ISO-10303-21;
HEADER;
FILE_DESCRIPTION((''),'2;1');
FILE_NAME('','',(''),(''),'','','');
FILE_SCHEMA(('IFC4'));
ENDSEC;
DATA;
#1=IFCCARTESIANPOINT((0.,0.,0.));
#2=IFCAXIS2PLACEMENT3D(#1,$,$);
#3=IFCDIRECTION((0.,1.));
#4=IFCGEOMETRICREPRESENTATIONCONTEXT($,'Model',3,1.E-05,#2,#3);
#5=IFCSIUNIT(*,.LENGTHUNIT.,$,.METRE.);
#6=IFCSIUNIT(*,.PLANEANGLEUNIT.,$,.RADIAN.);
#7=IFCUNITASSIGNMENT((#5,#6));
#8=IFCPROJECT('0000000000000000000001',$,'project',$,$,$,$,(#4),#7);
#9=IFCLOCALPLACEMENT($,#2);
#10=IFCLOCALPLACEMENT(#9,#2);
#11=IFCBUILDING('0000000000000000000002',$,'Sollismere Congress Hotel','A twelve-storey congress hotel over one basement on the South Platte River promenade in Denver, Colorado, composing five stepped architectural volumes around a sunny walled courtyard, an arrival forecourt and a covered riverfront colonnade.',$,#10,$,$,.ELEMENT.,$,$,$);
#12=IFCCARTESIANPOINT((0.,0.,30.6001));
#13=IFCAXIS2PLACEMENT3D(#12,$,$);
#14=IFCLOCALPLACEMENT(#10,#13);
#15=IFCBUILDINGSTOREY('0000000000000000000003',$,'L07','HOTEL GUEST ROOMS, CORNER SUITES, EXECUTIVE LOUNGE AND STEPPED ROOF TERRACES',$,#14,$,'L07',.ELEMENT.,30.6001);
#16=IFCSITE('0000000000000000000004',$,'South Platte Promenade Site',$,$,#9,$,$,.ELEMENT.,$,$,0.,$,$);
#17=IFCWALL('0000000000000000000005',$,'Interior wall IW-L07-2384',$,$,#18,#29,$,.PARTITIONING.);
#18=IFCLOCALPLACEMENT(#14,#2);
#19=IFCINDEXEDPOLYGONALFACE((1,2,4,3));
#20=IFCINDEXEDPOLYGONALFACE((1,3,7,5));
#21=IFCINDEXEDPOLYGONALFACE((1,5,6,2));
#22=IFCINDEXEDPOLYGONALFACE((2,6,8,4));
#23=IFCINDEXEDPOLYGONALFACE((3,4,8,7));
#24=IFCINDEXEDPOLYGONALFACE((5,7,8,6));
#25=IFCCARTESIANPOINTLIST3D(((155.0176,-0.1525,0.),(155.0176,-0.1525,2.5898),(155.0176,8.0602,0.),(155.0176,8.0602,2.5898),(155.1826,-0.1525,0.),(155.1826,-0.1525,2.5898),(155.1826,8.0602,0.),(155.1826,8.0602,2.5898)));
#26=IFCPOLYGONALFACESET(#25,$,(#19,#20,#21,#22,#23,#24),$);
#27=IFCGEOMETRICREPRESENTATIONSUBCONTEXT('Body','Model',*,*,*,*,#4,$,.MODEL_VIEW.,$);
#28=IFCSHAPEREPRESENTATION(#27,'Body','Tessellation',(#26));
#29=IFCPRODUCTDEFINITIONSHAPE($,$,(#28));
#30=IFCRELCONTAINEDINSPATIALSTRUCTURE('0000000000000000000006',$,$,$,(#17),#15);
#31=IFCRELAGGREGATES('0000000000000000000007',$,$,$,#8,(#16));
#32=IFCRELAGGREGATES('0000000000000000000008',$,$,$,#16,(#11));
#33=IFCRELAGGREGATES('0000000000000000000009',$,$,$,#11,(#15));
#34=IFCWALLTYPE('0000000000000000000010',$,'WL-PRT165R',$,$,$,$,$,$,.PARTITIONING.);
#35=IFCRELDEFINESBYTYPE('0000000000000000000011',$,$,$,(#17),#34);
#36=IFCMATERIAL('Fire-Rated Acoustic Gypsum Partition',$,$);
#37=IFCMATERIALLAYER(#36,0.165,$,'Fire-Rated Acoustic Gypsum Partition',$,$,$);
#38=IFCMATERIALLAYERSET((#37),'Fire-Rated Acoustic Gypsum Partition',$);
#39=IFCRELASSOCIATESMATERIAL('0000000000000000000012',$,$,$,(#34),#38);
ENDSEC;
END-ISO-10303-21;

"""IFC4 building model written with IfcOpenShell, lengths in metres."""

from ifc_helpers import new_model, si_unit, direction, frame, frame_2d, origin, place, context, subcontext, project, spatial, rectangle, extrude, material, layer, layer_set, type_object, element, save


model = new_model("IFC4")

# Units and contexts
model_context = context("Model", 3, precision=1e-05, world=origin(), true_north=direction((0.0, 1.0)))
body_context = subcontext(model_context, "Body", "Model", "MODEL_VIEW")
ifc_project = project(units=[si_unit("LENGTHUNIT", "METRE"), si_unit("PLANEANGLEUNIT", "RADIAN")], contexts=[model_context])

# Site, building, storey
site_placement = place(None, origin())
site = spatial("IfcSite", under=ifc_project, at=site_placement, Name="South Platte Promenade Site", CompositionType="ELEMENT", RefElevation=0.0)
building_placement = place(site_placement, origin())
building = spatial("IfcBuilding", under=site, at=building_placement, Name="Sollismere Congress Hotel", Description="A twelve-storey congress hotel over one basement on the South Platte River promenade in Denver, Colorado, composing five stepped architectural volumes around a sunny walled courtyard, an arrival forecourt and a covered riverfront colonnade.", CompositionType="ELEMENT")
storey_placement = place(building_placement, frame((0.0, 0.0, 30.6001)))
storey = spatial("IfcBuildingStorey", under=building, at=storey_placement, Name="L07", Description="HOTEL GUEST ROOMS, CORNER SUITES, EXECUTIVE LOUNGE AND STEPPED ROOF TERRACES", LongName="L07", CompositionType="ELEMENT", Elevation=30.6001)

# Wall
ifc_material_1 = material(Name="Fire-Rated Acoustic Gypsum Partition")
ifc_layer_1 = layer(ifc_material_1, 0.165, Name="Fire-Rated Acoustic Gypsum Partition")
ifc_layer_set_1 = layer_set([ifc_layer_1], Name="Fire-Rated Acoustic Gypsum Partition")
wall_type_1 = type_object("IfcWallType", Name="WL-PRT165R", PredefinedType="PARTITIONING", material=ifc_layer_set_1)
wall_1_placement = place(storey_placement, frame((155.1001, -0.1526, 0.0), z_axis=(0.0, 0.0, 1.0), x_axis=(0.0, 1.0, 0.0)))
element("IfcWall", 1, at=wall_1_placement, inside=storey, type_object=wall_type_1, Name="Interior wall IW-L07-2384", PredefinedType="PARTITIONING", context=body_context, shape_type="SweptSolid", body=[
    extrude(rectangle(XDim=8.2126, YDim=0.165, at=frame_2d((4.1064, 0.0))), origin(), (0.0, 0.0, 1.0), 2.5898),
])

save(model, "model.ifc")
